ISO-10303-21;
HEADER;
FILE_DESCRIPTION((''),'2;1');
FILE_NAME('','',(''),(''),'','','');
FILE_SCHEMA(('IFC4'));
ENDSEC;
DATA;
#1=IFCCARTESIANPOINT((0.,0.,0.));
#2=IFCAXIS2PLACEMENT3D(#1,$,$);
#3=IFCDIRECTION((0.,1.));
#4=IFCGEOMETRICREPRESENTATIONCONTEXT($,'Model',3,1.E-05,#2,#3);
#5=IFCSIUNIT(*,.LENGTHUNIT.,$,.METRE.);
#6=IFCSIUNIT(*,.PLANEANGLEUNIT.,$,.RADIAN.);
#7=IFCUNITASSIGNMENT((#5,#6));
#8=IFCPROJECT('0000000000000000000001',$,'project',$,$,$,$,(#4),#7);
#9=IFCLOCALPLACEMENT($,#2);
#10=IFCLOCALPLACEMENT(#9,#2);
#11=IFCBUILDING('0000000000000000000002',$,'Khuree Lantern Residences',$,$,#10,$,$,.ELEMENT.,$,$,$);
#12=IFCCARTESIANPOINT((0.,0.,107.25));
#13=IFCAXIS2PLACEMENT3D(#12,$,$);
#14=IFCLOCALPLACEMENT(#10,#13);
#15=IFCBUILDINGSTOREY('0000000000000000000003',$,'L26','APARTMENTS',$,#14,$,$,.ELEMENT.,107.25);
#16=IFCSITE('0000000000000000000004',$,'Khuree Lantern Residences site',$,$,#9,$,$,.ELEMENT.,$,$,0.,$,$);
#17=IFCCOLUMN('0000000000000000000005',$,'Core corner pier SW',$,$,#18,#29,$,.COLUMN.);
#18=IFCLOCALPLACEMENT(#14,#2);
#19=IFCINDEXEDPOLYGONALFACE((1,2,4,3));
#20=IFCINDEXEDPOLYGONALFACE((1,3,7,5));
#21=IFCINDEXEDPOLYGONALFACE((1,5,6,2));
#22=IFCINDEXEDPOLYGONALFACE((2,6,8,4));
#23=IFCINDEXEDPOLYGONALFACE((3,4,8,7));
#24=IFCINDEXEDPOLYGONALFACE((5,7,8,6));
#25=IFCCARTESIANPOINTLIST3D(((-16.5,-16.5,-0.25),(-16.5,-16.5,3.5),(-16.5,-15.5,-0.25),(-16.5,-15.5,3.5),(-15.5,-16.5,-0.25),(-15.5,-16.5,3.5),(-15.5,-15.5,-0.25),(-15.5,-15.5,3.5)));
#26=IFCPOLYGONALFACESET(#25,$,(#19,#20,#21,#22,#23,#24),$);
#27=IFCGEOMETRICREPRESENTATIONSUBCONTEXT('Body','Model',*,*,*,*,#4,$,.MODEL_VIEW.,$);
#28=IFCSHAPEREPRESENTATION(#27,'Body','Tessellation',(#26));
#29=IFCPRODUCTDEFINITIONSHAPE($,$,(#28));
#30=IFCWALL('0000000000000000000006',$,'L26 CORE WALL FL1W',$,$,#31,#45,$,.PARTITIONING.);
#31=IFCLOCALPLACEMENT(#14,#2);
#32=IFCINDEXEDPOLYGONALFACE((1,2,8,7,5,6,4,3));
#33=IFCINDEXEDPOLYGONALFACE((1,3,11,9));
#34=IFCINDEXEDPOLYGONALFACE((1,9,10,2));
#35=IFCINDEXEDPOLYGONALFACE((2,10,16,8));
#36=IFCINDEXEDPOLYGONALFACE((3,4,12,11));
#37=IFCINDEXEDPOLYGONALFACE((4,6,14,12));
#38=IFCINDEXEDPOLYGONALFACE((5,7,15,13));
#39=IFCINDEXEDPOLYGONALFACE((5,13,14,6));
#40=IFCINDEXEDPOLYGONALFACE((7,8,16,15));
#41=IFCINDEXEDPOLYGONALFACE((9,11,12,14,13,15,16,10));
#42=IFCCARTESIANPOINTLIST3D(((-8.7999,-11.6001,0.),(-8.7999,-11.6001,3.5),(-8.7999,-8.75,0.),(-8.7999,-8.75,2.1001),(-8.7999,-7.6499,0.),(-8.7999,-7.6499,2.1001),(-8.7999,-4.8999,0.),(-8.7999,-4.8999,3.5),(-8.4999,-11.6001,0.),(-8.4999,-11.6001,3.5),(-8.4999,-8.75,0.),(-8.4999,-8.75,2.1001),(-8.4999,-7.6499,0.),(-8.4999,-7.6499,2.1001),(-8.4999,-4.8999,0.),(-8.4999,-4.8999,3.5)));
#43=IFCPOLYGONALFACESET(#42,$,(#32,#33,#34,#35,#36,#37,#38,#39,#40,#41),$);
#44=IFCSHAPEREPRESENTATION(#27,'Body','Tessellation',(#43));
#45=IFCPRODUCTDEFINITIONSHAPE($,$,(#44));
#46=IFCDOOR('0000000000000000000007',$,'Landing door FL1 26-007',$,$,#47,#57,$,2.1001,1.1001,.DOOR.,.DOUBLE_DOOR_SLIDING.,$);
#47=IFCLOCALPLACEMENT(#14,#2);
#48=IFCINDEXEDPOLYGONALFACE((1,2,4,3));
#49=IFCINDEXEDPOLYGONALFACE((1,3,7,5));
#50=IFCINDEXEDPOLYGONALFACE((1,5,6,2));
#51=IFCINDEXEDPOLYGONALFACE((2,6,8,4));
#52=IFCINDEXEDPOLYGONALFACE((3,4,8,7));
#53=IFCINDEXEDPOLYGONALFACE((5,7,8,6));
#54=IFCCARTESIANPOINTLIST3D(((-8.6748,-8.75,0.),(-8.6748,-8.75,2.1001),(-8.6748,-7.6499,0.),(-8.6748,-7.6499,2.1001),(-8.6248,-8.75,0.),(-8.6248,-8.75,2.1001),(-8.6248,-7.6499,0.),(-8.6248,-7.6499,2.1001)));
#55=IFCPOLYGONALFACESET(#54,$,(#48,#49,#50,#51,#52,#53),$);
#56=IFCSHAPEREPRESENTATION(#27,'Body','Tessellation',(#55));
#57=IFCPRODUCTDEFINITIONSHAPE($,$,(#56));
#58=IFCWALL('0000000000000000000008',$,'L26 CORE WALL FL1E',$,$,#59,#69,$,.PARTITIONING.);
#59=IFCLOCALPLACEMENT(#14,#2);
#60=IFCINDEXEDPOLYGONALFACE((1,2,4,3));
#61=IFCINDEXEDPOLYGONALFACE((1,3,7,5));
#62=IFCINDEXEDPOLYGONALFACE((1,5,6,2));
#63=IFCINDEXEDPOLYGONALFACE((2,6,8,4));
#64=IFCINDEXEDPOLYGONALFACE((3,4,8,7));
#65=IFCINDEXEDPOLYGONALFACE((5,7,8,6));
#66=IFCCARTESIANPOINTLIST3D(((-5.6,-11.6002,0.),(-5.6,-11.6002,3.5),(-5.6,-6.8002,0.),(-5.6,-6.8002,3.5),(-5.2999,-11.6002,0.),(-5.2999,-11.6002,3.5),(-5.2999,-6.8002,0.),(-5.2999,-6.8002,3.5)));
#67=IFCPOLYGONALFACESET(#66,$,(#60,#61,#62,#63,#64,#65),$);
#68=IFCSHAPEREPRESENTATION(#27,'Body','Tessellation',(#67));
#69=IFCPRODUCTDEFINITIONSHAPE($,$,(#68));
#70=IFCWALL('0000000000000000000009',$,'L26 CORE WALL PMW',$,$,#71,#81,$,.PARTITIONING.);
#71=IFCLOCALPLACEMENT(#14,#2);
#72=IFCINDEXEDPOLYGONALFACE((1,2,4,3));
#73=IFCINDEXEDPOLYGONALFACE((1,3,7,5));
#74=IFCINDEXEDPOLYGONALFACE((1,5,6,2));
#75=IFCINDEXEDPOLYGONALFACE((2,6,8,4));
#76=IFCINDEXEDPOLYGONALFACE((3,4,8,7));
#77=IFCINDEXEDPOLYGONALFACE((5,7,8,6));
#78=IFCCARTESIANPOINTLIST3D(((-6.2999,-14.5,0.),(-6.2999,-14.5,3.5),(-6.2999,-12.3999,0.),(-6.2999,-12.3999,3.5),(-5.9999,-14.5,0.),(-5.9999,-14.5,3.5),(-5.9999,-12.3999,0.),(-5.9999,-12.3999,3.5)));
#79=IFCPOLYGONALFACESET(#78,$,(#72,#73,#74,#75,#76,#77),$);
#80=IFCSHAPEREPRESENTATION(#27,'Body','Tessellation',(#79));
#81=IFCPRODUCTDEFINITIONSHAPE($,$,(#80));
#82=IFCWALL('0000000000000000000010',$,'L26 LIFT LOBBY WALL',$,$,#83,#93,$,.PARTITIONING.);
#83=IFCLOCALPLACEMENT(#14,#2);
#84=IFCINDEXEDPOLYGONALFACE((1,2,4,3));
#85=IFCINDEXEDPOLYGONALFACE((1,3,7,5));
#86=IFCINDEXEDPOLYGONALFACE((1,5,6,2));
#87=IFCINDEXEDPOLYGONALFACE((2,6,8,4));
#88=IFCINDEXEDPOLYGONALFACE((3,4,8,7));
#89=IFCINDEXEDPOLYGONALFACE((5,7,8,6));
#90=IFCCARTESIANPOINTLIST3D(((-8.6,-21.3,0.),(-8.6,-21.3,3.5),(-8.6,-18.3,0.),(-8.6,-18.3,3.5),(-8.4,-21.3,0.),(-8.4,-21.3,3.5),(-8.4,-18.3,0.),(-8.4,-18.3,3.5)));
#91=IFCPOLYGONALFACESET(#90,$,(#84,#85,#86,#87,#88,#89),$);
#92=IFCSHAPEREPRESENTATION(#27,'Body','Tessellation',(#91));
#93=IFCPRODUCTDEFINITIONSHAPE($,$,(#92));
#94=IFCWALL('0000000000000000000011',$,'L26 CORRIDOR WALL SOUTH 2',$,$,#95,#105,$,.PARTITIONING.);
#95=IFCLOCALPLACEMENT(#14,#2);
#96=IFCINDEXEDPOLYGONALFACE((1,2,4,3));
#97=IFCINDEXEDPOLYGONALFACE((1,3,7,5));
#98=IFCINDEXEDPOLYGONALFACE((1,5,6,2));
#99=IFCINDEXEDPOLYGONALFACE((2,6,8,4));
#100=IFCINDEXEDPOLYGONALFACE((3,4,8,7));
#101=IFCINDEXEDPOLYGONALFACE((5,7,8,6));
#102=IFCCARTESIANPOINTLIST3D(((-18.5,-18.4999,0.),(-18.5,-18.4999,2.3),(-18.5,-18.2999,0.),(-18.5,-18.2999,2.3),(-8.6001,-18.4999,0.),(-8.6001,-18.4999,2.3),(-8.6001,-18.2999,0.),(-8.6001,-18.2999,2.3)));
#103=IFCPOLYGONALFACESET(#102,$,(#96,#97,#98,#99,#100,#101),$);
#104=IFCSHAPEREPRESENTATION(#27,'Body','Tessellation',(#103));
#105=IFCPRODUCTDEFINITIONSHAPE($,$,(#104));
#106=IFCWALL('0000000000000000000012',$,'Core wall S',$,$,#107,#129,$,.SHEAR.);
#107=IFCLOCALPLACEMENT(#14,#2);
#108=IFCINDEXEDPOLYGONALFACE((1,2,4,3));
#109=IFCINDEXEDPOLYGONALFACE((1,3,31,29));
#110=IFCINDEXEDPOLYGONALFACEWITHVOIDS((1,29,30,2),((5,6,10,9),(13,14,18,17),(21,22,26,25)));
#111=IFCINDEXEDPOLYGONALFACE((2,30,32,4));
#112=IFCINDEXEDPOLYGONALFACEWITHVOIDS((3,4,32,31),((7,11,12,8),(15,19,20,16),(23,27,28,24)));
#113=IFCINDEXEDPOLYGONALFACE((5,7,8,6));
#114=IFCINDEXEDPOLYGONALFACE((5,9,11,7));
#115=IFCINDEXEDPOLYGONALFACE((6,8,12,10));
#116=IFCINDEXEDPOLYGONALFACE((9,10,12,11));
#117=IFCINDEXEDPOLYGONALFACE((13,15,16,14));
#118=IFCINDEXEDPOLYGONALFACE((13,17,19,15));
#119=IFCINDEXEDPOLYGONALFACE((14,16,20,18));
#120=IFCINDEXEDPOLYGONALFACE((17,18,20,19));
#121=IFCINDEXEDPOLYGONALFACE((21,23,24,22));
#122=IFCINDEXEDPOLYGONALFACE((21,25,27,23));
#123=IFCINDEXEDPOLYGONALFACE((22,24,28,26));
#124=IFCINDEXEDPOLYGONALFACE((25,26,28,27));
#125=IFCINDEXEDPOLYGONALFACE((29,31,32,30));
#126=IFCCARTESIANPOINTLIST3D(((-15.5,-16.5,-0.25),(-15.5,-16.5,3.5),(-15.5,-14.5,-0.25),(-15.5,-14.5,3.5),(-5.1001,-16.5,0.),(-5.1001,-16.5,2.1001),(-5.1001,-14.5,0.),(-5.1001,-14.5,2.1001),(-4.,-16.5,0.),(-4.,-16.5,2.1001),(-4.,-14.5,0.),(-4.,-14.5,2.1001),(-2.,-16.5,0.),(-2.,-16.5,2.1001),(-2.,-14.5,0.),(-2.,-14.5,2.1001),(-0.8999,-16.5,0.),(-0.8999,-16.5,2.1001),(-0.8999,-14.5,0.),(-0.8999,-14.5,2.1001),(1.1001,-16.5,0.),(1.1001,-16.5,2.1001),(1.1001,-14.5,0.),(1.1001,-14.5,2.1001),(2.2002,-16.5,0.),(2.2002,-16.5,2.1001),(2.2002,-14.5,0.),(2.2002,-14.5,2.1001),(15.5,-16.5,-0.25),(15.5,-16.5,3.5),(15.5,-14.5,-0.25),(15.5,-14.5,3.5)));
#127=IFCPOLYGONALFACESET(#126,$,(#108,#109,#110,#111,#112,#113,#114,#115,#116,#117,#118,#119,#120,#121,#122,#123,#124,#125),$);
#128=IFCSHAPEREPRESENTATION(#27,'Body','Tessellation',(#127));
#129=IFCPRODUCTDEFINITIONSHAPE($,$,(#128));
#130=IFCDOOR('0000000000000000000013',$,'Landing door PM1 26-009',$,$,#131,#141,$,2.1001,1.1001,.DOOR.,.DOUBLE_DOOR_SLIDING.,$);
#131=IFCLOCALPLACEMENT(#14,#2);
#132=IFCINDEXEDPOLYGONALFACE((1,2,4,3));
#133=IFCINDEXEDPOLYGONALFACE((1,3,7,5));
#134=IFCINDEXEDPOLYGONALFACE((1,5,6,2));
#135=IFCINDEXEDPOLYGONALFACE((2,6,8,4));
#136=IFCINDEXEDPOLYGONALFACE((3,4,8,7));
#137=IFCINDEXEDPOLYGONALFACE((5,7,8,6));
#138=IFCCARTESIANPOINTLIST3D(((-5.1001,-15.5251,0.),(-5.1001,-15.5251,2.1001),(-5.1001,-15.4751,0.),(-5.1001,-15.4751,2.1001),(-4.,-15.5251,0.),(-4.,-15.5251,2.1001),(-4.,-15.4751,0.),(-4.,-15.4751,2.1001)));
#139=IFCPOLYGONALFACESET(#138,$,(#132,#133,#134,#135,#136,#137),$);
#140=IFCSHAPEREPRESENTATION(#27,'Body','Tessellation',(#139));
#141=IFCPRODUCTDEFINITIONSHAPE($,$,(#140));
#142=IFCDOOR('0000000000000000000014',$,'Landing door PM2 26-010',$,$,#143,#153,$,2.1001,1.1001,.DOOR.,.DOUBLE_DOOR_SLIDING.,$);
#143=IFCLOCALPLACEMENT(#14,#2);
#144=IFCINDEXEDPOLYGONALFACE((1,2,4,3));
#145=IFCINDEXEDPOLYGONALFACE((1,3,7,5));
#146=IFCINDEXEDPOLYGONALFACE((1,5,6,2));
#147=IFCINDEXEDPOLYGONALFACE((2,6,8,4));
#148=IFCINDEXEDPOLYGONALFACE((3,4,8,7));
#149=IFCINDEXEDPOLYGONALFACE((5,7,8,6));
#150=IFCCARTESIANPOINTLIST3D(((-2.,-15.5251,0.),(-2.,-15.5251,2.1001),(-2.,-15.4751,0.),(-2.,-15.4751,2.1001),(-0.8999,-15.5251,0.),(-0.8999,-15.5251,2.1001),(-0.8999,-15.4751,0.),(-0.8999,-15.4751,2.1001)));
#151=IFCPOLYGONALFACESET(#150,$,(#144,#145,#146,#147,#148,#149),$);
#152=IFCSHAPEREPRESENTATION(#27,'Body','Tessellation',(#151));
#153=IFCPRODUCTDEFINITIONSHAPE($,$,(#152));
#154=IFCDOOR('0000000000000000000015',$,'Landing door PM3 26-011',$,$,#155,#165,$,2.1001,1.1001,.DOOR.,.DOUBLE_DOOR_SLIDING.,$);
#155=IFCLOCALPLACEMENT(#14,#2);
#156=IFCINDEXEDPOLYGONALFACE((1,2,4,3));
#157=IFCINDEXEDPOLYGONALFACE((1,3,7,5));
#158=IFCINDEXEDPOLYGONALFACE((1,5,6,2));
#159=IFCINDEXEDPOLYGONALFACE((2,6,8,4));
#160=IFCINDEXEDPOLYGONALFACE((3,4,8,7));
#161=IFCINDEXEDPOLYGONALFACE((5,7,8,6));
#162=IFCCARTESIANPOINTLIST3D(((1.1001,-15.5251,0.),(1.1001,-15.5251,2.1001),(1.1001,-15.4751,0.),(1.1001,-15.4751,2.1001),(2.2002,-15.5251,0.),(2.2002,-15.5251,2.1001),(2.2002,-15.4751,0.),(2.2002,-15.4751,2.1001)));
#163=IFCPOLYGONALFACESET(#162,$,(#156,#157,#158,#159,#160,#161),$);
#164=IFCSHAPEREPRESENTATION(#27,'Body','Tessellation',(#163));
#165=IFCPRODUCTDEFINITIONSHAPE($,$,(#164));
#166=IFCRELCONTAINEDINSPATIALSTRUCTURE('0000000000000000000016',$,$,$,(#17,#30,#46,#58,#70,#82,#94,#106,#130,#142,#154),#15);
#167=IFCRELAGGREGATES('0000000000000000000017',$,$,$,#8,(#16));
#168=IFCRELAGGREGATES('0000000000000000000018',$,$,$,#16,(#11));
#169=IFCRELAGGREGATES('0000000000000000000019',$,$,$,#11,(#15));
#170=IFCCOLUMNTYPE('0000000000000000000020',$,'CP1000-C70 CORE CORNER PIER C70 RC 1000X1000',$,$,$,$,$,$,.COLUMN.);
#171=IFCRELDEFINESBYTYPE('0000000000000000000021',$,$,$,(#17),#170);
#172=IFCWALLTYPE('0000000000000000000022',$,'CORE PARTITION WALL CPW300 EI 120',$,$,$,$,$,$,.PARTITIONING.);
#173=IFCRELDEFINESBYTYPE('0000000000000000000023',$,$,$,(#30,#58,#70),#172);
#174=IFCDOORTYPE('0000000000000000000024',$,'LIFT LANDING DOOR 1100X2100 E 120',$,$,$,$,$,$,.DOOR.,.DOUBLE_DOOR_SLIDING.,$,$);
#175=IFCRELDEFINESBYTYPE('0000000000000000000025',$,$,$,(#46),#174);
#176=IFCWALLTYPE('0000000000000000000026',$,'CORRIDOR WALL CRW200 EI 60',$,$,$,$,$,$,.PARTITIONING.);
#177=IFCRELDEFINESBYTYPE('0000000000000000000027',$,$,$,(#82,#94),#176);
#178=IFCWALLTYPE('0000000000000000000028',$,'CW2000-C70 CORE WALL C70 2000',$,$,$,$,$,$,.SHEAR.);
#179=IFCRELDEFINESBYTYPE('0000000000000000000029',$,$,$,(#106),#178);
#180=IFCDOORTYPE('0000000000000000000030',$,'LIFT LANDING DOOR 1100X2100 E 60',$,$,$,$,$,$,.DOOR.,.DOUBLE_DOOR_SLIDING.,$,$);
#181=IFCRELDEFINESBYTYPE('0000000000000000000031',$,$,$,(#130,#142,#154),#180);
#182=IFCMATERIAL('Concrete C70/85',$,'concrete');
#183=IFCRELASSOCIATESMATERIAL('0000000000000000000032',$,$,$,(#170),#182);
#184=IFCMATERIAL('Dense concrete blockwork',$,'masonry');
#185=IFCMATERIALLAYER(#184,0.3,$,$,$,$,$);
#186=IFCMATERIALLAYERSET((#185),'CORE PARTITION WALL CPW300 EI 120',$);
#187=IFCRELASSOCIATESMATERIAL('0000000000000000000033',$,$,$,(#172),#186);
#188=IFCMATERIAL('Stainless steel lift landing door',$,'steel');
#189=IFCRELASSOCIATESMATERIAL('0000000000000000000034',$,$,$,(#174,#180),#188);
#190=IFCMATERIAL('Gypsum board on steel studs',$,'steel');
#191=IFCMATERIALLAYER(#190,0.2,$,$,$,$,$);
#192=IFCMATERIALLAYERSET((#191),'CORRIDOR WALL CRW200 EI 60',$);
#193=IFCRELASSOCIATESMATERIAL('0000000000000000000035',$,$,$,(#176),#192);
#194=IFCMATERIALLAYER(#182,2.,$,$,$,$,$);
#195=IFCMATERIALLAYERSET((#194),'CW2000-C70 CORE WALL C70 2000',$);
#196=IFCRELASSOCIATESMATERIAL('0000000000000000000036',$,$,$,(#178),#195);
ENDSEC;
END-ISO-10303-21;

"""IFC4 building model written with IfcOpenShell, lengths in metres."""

from ifc_helpers import new_model, si_unit, direction, frame, frame_2d, origin, origin_2d, place, context, subcontext, project, spatial, rectangle, extrude, material, layer, layer_set, material_profile, profile_set, type_object, element, fill, save


model = new_model("IFC4")

# Units and contexts
model_context = context("Model", 3, precision=1e-05, world=origin(), true_north=direction((0.0, 1.0)))
body_context = subcontext(model_context, "Body", "Model", "MODEL_VIEW")
ifc_project = project(units=[si_unit("LENGTHUNIT", "METRE"), si_unit("PLANEANGLEUNIT", "RADIAN")], contexts=[model_context])

# Site, building, storey
site_placement = place(None, origin())
site = spatial("IfcSite", under=ifc_project, at=site_placement, Name="Khuree Lantern Residences site", CompositionType="ELEMENT", RefElevation=0.0)
building_placement = place(site_placement, origin())
building = spatial("IfcBuilding", under=site, at=building_placement, Name="Khuree Lantern Residences", CompositionType="ELEMENT")
storey_placement = place(building_placement, frame((0.0, 0.0, 107.25)))
storey = spatial("IfcBuildingStorey", under=building, at=storey_placement, Name="L26", Description="APARTMENTS", CompositionType="ELEMENT", Elevation=107.25)

# Column
ifc_material_1 = material(Name="Concrete C70/85", Category="concrete")
ifc_material_profile = material_profile(ifc_material_1, rectangle(XDim=1.0, YDim=1.0, at=origin_2d()), Name="RC 1000X1000")
ifc_profile_set = profile_set([ifc_material_profile], Name="Concrete C70/85")
column_type = type_object("IfcColumnType", Name="CP1000-C70 CORE CORNER PIER C70 RC 1000X1000", PredefinedType="COLUMN", material=ifc_profile_set)
column_placement = place(storey_placement, frame((-16.0, -16.0, -0.25), z_axis=(0.0, 0.0, 1.0), x_axis=(1.0, 0.0, 0.0)))
element("IfcColumn", 1, at=column_placement, inside=storey, type_object=column_type, Name="Core corner pier SW", PredefinedType="COLUMN", context=body_context, shape_type="SweptSolid", body=[
    extrude(rectangle(XDim=1.0, YDim=1.0, at=origin_2d()), origin(), (0.0, 0.0, 1.0), 3.75),
])

# Wall, opening, door
ifc_material_2 = material(Name="Dense concrete blockwork", Category="masonry")
ifc_layer_1 = layer(ifc_material_2, 0.3)
ifc_layer_set_1 = layer_set([ifc_layer_1], Name="CORE PARTITION WALL CPW300 EI 120")
wall_type_1 = type_object("IfcWallType", Name="CORE PARTITION WALL CPW300 EI 120", PredefinedType="PARTITIONING", material=ifc_layer_set_1)
wall_1_placement = place(storey_placement, frame((-8.6499, -11.6001, 0.0), z_axis=(0.0, 0.0, 1.0), x_axis=(0.0, 1.0, 0.0)))
wall_1 = element("IfcWall", 2, at=wall_1_placement, inside=storey, type_object=wall_type_1, Name="L26 CORE WALL FL1W", PredefinedType="PARTITIONING", context=body_context, shape_type="SweptSolid", body=[
    extrude(rectangle(XDim=6.7002, YDim=0.3, at=frame_2d((3.3501, 0.0))), origin(), (0.0, 0.0, 1.0), 3.5),
])
opening_1_placement = place(wall_1_placement, frame((2.8501, 0.0, 0.0)))
opening_1 = element("IfcOpeningElement", 3, at=opening_1_placement, cuts=wall_1, PredefinedType="OPENING", context=body_context, shape_type="SweptSolid", body=[
    extrude(rectangle(XDim=1.1001, YDim=2.1001, at=frame_2d((0.55, 1.05))), frame((0.0, 0.1602, 0.0), z_axis=(0.0, -1.0, 0.0), x_axis=(1.0, 0.0, 0.0)), (0.0, 0.0, 1.0), 0.3201),
])
ifc_material_3 = material(Name="Stainless steel lift landing door", Category="steel")
door_type_1 = type_object("IfcDoorType", Name="LIFT LANDING DOOR 1100X2100 E 120", OperationType="DOUBLE_DOOR_SLIDING", PredefinedType="DOOR", material=ifc_material_3)
door_1_placement = place(opening_1_placement, origin())
door_1 = element("IfcDoor", 4, at=door_1_placement, inside=storey, type_object=door_type_1, Name="Landing door FL1 26-007", OperationType="DOUBLE_DOOR_SLIDING", OverallHeight=2.1001, OverallWidth=1.1001, PredefinedType="DOOR", context=body_context, shape_type="SweptSolid", body=[
    extrude(rectangle(XDim=1.1001, YDim=2.1001, at=frame_2d((0.55, 1.05))), frame((0.0, 0.0249, 0.0), z_axis=(0.0, -1.0, 0.0), x_axis=(1.0, 0.0, 0.0)), (0.0, 0.0, 1.0), 0.05),
])
fill(opening_1, door_1)

# Walls
wall_2_placement = place(storey_placement, frame((-5.45, -11.6001, 0.0), z_axis=(0.0, 0.0, 1.0), x_axis=(0.0, 1.0, 0.0)))
element("IfcWall", 5, at=wall_2_placement, inside=storey, type_object=wall_type_1, Name="L26 CORE WALL FL1E", PredefinedType="PARTITIONING", context=body_context, shape_type="SweptSolid", body=[
    extrude(rectangle(XDim=4.8, YDim=0.3, at=frame_2d((2.3999, 0.0))), origin(), (0.0, 0.0, 1.0), 3.5),
])
wall_3_placement = place(storey_placement, frame((-6.1499, -14.5, 0.0), z_axis=(0.0, 0.0, 1.0), x_axis=(0.0, 1.0, 0.0)))
element("IfcWall", 6, at=wall_3_placement, inside=storey, type_object=wall_type_1, Name="L26 CORE WALL PMW", PredefinedType="PARTITIONING", context=body_context, shape_type="SweptSolid", body=[
    extrude(rectangle(XDim=2.1001, YDim=0.3, at=frame_2d((1.05, 0.0))), origin(), (0.0, 0.0, 1.0), 3.5),
])
ifc_material_4 = material(Name="Gypsum board on steel studs", Category="steel")
ifc_layer_2 = layer(ifc_material_4, 0.2)
ifc_layer_set_2 = layer_set([ifc_layer_2], Name="CORRIDOR WALL CRW200 EI 60")
wall_type_2 = type_object("IfcWallType", Name="CORRIDOR WALL CRW200 EI 60", PredefinedType="PARTITIONING", material=ifc_layer_set_2)
wall_4_placement = place(storey_placement, frame((-8.5, -18.3, 0.0), z_axis=(0.0, 0.0, 1.0), x_axis=(0.0, -1.0, 0.0)))
element("IfcWall", 7, at=wall_4_placement, inside=storey, type_object=wall_type_2, Name="L26 LIFT LOBBY WALL", PredefinedType="PARTITIONING", context=body_context, shape_type="SweptSolid", body=[
    extrude(rectangle(XDim=3.0, YDim=0.2, at=frame_2d((1.5, 0.0))), origin(), (0.0, 0.0, 1.0), 3.5),
])
wall_5_placement = place(storey_placement, frame((-8.6001, -18.3999, 0.0), z_axis=(0.0, 0.0, 1.0), x_axis=(-1.0, 0.0, 0.0)))
element("IfcWall", 8, at=wall_5_placement, inside=storey, type_object=wall_type_2, Name="L26 CORRIDOR WALL SOUTH 2", PredefinedType="PARTITIONING", context=body_context, shape_type="SweptSolid", body=[
    extrude(rectangle(XDim=9.8999, YDim=0.2, at=frame_2d((4.95, 0.0))), origin(), (0.0, 0.0, 1.0), 2.3),
])

# Wall, openings, doors
ifc_layer_3 = layer(ifc_material_1, 2.0)
ifc_layer_set_3 = layer_set([ifc_layer_3], Name="CW2000-C70 CORE WALL C70 2000")
wall_type_3 = type_object("IfcWallType", Name="CW2000-C70 CORE WALL C70 2000", PredefinedType="SHEAR", material=ifc_layer_set_3)
wall_6_placement = place(storey_placement, frame((-15.5, -15.5, -0.25), z_axis=(0.0, 0.0, 1.0), x_axis=(1.0, 0.0, 0.0)))
wall_6 = element("IfcWall", 9, at=wall_6_placement, inside=storey, type_object=wall_type_3, Name="Core wall S", PredefinedType="SHEAR", context=body_context, shape_type="SweptSolid", body=[
    extrude(rectangle(XDim=31.0, YDim=2.0, at=frame_2d((15.5, 0.0))), origin(), (0.0, 0.0, 1.0), 3.75),
])
opening_2_placement = place(wall_6_placement, frame((10.3999, 0.0, 0.25)))
opening_2 = element("IfcOpeningElement", 10, at=opening_2_placement, cuts=wall_6, PredefinedType="OPENING", context=body_context, shape_type="SweptSolid", body=[
    extrude(rectangle(XDim=1.1001, YDim=2.1001, at=frame_2d((0.55, 1.05))), frame((0.0, 1.01, 0.0), z_axis=(0.0, -1.0, 0.0), x_axis=(1.0, 0.0, 0.0)), (0.0, 0.0, 1.0), 2.02),
])
opening_3_placement = place(wall_6_placement, frame((13.5, 0.0, 0.25)))
opening_3 = element("IfcOpeningElement", 11, at=opening_3_placement, cuts=wall_6, PredefinedType="OPENING", context=body_context, shape_type="SweptSolid", body=[
    extrude(rectangle(XDim=1.1001, YDim=2.1001, at=frame_2d((0.55, 1.05))), frame((0.0, 1.01, 0.0), z_axis=(0.0, -1.0, 0.0), x_axis=(1.0, 0.0, 0.0)), (0.0, 0.0, 1.0), 2.02),
])
opening_4_placement = place(wall_6_placement, frame((16.6001, 0.0, 0.25)))
opening_4 = element("IfcOpeningElement", 12, at=opening_4_placement, cuts=wall_6, PredefinedType="OPENING", context=body_context, shape_type="SweptSolid", body=[
    extrude(rectangle(XDim=1.1001, YDim=2.1001, at=frame_2d((0.55, 1.05))), frame((0.0, 1.01, 0.0), z_axis=(0.0, -1.0, 0.0), x_axis=(1.0, 0.0, 0.0)), (0.0, 0.0, 1.0), 2.02),
])
door_type_2 = type_object("IfcDoorType", Name="LIFT LANDING DOOR 1100X2100 E 60", OperationType="DOUBLE_DOOR_SLIDING", PredefinedType="DOOR", material=ifc_material_3)
door_2_placement = place(opening_2_placement, origin())
door_2 = element("IfcDoor", 13, at=door_2_placement, inside=storey, type_object=door_type_2, Name="Landing door PM1 26-009", OperationType="DOUBLE_DOOR_SLIDING", OverallHeight=2.1001, OverallWidth=1.1001, PredefinedType="DOOR", context=body_context, shape_type="SweptSolid", body=[
    extrude(rectangle(XDim=1.1001, YDim=2.1001, at=frame_2d((0.55, 1.05))), frame((0.0, 0.0249, 0.0), z_axis=(0.0, -1.0, 0.0), x_axis=(1.0, 0.0, 0.0)), (0.0, 0.0, 1.0), 0.05),
])
fill(opening_2, door_2)
door_3_placement = place(opening_3_placement, origin())
door_3 = element("IfcDoor", 14, at=door_3_placement, inside=storey, type_object=door_type_2, Name="Landing door PM2 26-010", OperationType="DOUBLE_DOOR_SLIDING", OverallHeight=2.1001, OverallWidth=1.1001, PredefinedType="DOOR", context=body_context, shape_type="SweptSolid", body=[
    extrude(rectangle(XDim=1.1001, YDim=2.1001, at=frame_2d((0.55, 1.05))), frame((0.0, 0.0249, 0.0), z_axis=(0.0, -1.0, 0.0), x_axis=(1.0, 0.0, 0.0)), (0.0, 0.0, 1.0), 0.05),
])
fill(opening_3, door_3)
door_4_placement = place(opening_4_placement, origin())
door_4 = element("IfcDoor", 15, at=door_4_placement, inside=storey, type_object=door_type_2, Name="Landing door PM3 26-011", OperationType="DOUBLE_DOOR_SLIDING", OverallHeight=2.1001, OverallWidth=1.1001, PredefinedType="DOOR", context=body_context, shape_type="SweptSolid", body=[
    extrude(rectangle(XDim=1.1001, YDim=2.1001, at=frame_2d((0.55, 1.05))), frame((0.0, 0.0249, 0.0), z_axis=(0.0, -1.0, 0.0), x_axis=(1.0, 0.0, 0.0)), (0.0, 0.0, 1.0), 0.05),
])
fill(opening_4, door_4)

save(model, "model.ifc")
